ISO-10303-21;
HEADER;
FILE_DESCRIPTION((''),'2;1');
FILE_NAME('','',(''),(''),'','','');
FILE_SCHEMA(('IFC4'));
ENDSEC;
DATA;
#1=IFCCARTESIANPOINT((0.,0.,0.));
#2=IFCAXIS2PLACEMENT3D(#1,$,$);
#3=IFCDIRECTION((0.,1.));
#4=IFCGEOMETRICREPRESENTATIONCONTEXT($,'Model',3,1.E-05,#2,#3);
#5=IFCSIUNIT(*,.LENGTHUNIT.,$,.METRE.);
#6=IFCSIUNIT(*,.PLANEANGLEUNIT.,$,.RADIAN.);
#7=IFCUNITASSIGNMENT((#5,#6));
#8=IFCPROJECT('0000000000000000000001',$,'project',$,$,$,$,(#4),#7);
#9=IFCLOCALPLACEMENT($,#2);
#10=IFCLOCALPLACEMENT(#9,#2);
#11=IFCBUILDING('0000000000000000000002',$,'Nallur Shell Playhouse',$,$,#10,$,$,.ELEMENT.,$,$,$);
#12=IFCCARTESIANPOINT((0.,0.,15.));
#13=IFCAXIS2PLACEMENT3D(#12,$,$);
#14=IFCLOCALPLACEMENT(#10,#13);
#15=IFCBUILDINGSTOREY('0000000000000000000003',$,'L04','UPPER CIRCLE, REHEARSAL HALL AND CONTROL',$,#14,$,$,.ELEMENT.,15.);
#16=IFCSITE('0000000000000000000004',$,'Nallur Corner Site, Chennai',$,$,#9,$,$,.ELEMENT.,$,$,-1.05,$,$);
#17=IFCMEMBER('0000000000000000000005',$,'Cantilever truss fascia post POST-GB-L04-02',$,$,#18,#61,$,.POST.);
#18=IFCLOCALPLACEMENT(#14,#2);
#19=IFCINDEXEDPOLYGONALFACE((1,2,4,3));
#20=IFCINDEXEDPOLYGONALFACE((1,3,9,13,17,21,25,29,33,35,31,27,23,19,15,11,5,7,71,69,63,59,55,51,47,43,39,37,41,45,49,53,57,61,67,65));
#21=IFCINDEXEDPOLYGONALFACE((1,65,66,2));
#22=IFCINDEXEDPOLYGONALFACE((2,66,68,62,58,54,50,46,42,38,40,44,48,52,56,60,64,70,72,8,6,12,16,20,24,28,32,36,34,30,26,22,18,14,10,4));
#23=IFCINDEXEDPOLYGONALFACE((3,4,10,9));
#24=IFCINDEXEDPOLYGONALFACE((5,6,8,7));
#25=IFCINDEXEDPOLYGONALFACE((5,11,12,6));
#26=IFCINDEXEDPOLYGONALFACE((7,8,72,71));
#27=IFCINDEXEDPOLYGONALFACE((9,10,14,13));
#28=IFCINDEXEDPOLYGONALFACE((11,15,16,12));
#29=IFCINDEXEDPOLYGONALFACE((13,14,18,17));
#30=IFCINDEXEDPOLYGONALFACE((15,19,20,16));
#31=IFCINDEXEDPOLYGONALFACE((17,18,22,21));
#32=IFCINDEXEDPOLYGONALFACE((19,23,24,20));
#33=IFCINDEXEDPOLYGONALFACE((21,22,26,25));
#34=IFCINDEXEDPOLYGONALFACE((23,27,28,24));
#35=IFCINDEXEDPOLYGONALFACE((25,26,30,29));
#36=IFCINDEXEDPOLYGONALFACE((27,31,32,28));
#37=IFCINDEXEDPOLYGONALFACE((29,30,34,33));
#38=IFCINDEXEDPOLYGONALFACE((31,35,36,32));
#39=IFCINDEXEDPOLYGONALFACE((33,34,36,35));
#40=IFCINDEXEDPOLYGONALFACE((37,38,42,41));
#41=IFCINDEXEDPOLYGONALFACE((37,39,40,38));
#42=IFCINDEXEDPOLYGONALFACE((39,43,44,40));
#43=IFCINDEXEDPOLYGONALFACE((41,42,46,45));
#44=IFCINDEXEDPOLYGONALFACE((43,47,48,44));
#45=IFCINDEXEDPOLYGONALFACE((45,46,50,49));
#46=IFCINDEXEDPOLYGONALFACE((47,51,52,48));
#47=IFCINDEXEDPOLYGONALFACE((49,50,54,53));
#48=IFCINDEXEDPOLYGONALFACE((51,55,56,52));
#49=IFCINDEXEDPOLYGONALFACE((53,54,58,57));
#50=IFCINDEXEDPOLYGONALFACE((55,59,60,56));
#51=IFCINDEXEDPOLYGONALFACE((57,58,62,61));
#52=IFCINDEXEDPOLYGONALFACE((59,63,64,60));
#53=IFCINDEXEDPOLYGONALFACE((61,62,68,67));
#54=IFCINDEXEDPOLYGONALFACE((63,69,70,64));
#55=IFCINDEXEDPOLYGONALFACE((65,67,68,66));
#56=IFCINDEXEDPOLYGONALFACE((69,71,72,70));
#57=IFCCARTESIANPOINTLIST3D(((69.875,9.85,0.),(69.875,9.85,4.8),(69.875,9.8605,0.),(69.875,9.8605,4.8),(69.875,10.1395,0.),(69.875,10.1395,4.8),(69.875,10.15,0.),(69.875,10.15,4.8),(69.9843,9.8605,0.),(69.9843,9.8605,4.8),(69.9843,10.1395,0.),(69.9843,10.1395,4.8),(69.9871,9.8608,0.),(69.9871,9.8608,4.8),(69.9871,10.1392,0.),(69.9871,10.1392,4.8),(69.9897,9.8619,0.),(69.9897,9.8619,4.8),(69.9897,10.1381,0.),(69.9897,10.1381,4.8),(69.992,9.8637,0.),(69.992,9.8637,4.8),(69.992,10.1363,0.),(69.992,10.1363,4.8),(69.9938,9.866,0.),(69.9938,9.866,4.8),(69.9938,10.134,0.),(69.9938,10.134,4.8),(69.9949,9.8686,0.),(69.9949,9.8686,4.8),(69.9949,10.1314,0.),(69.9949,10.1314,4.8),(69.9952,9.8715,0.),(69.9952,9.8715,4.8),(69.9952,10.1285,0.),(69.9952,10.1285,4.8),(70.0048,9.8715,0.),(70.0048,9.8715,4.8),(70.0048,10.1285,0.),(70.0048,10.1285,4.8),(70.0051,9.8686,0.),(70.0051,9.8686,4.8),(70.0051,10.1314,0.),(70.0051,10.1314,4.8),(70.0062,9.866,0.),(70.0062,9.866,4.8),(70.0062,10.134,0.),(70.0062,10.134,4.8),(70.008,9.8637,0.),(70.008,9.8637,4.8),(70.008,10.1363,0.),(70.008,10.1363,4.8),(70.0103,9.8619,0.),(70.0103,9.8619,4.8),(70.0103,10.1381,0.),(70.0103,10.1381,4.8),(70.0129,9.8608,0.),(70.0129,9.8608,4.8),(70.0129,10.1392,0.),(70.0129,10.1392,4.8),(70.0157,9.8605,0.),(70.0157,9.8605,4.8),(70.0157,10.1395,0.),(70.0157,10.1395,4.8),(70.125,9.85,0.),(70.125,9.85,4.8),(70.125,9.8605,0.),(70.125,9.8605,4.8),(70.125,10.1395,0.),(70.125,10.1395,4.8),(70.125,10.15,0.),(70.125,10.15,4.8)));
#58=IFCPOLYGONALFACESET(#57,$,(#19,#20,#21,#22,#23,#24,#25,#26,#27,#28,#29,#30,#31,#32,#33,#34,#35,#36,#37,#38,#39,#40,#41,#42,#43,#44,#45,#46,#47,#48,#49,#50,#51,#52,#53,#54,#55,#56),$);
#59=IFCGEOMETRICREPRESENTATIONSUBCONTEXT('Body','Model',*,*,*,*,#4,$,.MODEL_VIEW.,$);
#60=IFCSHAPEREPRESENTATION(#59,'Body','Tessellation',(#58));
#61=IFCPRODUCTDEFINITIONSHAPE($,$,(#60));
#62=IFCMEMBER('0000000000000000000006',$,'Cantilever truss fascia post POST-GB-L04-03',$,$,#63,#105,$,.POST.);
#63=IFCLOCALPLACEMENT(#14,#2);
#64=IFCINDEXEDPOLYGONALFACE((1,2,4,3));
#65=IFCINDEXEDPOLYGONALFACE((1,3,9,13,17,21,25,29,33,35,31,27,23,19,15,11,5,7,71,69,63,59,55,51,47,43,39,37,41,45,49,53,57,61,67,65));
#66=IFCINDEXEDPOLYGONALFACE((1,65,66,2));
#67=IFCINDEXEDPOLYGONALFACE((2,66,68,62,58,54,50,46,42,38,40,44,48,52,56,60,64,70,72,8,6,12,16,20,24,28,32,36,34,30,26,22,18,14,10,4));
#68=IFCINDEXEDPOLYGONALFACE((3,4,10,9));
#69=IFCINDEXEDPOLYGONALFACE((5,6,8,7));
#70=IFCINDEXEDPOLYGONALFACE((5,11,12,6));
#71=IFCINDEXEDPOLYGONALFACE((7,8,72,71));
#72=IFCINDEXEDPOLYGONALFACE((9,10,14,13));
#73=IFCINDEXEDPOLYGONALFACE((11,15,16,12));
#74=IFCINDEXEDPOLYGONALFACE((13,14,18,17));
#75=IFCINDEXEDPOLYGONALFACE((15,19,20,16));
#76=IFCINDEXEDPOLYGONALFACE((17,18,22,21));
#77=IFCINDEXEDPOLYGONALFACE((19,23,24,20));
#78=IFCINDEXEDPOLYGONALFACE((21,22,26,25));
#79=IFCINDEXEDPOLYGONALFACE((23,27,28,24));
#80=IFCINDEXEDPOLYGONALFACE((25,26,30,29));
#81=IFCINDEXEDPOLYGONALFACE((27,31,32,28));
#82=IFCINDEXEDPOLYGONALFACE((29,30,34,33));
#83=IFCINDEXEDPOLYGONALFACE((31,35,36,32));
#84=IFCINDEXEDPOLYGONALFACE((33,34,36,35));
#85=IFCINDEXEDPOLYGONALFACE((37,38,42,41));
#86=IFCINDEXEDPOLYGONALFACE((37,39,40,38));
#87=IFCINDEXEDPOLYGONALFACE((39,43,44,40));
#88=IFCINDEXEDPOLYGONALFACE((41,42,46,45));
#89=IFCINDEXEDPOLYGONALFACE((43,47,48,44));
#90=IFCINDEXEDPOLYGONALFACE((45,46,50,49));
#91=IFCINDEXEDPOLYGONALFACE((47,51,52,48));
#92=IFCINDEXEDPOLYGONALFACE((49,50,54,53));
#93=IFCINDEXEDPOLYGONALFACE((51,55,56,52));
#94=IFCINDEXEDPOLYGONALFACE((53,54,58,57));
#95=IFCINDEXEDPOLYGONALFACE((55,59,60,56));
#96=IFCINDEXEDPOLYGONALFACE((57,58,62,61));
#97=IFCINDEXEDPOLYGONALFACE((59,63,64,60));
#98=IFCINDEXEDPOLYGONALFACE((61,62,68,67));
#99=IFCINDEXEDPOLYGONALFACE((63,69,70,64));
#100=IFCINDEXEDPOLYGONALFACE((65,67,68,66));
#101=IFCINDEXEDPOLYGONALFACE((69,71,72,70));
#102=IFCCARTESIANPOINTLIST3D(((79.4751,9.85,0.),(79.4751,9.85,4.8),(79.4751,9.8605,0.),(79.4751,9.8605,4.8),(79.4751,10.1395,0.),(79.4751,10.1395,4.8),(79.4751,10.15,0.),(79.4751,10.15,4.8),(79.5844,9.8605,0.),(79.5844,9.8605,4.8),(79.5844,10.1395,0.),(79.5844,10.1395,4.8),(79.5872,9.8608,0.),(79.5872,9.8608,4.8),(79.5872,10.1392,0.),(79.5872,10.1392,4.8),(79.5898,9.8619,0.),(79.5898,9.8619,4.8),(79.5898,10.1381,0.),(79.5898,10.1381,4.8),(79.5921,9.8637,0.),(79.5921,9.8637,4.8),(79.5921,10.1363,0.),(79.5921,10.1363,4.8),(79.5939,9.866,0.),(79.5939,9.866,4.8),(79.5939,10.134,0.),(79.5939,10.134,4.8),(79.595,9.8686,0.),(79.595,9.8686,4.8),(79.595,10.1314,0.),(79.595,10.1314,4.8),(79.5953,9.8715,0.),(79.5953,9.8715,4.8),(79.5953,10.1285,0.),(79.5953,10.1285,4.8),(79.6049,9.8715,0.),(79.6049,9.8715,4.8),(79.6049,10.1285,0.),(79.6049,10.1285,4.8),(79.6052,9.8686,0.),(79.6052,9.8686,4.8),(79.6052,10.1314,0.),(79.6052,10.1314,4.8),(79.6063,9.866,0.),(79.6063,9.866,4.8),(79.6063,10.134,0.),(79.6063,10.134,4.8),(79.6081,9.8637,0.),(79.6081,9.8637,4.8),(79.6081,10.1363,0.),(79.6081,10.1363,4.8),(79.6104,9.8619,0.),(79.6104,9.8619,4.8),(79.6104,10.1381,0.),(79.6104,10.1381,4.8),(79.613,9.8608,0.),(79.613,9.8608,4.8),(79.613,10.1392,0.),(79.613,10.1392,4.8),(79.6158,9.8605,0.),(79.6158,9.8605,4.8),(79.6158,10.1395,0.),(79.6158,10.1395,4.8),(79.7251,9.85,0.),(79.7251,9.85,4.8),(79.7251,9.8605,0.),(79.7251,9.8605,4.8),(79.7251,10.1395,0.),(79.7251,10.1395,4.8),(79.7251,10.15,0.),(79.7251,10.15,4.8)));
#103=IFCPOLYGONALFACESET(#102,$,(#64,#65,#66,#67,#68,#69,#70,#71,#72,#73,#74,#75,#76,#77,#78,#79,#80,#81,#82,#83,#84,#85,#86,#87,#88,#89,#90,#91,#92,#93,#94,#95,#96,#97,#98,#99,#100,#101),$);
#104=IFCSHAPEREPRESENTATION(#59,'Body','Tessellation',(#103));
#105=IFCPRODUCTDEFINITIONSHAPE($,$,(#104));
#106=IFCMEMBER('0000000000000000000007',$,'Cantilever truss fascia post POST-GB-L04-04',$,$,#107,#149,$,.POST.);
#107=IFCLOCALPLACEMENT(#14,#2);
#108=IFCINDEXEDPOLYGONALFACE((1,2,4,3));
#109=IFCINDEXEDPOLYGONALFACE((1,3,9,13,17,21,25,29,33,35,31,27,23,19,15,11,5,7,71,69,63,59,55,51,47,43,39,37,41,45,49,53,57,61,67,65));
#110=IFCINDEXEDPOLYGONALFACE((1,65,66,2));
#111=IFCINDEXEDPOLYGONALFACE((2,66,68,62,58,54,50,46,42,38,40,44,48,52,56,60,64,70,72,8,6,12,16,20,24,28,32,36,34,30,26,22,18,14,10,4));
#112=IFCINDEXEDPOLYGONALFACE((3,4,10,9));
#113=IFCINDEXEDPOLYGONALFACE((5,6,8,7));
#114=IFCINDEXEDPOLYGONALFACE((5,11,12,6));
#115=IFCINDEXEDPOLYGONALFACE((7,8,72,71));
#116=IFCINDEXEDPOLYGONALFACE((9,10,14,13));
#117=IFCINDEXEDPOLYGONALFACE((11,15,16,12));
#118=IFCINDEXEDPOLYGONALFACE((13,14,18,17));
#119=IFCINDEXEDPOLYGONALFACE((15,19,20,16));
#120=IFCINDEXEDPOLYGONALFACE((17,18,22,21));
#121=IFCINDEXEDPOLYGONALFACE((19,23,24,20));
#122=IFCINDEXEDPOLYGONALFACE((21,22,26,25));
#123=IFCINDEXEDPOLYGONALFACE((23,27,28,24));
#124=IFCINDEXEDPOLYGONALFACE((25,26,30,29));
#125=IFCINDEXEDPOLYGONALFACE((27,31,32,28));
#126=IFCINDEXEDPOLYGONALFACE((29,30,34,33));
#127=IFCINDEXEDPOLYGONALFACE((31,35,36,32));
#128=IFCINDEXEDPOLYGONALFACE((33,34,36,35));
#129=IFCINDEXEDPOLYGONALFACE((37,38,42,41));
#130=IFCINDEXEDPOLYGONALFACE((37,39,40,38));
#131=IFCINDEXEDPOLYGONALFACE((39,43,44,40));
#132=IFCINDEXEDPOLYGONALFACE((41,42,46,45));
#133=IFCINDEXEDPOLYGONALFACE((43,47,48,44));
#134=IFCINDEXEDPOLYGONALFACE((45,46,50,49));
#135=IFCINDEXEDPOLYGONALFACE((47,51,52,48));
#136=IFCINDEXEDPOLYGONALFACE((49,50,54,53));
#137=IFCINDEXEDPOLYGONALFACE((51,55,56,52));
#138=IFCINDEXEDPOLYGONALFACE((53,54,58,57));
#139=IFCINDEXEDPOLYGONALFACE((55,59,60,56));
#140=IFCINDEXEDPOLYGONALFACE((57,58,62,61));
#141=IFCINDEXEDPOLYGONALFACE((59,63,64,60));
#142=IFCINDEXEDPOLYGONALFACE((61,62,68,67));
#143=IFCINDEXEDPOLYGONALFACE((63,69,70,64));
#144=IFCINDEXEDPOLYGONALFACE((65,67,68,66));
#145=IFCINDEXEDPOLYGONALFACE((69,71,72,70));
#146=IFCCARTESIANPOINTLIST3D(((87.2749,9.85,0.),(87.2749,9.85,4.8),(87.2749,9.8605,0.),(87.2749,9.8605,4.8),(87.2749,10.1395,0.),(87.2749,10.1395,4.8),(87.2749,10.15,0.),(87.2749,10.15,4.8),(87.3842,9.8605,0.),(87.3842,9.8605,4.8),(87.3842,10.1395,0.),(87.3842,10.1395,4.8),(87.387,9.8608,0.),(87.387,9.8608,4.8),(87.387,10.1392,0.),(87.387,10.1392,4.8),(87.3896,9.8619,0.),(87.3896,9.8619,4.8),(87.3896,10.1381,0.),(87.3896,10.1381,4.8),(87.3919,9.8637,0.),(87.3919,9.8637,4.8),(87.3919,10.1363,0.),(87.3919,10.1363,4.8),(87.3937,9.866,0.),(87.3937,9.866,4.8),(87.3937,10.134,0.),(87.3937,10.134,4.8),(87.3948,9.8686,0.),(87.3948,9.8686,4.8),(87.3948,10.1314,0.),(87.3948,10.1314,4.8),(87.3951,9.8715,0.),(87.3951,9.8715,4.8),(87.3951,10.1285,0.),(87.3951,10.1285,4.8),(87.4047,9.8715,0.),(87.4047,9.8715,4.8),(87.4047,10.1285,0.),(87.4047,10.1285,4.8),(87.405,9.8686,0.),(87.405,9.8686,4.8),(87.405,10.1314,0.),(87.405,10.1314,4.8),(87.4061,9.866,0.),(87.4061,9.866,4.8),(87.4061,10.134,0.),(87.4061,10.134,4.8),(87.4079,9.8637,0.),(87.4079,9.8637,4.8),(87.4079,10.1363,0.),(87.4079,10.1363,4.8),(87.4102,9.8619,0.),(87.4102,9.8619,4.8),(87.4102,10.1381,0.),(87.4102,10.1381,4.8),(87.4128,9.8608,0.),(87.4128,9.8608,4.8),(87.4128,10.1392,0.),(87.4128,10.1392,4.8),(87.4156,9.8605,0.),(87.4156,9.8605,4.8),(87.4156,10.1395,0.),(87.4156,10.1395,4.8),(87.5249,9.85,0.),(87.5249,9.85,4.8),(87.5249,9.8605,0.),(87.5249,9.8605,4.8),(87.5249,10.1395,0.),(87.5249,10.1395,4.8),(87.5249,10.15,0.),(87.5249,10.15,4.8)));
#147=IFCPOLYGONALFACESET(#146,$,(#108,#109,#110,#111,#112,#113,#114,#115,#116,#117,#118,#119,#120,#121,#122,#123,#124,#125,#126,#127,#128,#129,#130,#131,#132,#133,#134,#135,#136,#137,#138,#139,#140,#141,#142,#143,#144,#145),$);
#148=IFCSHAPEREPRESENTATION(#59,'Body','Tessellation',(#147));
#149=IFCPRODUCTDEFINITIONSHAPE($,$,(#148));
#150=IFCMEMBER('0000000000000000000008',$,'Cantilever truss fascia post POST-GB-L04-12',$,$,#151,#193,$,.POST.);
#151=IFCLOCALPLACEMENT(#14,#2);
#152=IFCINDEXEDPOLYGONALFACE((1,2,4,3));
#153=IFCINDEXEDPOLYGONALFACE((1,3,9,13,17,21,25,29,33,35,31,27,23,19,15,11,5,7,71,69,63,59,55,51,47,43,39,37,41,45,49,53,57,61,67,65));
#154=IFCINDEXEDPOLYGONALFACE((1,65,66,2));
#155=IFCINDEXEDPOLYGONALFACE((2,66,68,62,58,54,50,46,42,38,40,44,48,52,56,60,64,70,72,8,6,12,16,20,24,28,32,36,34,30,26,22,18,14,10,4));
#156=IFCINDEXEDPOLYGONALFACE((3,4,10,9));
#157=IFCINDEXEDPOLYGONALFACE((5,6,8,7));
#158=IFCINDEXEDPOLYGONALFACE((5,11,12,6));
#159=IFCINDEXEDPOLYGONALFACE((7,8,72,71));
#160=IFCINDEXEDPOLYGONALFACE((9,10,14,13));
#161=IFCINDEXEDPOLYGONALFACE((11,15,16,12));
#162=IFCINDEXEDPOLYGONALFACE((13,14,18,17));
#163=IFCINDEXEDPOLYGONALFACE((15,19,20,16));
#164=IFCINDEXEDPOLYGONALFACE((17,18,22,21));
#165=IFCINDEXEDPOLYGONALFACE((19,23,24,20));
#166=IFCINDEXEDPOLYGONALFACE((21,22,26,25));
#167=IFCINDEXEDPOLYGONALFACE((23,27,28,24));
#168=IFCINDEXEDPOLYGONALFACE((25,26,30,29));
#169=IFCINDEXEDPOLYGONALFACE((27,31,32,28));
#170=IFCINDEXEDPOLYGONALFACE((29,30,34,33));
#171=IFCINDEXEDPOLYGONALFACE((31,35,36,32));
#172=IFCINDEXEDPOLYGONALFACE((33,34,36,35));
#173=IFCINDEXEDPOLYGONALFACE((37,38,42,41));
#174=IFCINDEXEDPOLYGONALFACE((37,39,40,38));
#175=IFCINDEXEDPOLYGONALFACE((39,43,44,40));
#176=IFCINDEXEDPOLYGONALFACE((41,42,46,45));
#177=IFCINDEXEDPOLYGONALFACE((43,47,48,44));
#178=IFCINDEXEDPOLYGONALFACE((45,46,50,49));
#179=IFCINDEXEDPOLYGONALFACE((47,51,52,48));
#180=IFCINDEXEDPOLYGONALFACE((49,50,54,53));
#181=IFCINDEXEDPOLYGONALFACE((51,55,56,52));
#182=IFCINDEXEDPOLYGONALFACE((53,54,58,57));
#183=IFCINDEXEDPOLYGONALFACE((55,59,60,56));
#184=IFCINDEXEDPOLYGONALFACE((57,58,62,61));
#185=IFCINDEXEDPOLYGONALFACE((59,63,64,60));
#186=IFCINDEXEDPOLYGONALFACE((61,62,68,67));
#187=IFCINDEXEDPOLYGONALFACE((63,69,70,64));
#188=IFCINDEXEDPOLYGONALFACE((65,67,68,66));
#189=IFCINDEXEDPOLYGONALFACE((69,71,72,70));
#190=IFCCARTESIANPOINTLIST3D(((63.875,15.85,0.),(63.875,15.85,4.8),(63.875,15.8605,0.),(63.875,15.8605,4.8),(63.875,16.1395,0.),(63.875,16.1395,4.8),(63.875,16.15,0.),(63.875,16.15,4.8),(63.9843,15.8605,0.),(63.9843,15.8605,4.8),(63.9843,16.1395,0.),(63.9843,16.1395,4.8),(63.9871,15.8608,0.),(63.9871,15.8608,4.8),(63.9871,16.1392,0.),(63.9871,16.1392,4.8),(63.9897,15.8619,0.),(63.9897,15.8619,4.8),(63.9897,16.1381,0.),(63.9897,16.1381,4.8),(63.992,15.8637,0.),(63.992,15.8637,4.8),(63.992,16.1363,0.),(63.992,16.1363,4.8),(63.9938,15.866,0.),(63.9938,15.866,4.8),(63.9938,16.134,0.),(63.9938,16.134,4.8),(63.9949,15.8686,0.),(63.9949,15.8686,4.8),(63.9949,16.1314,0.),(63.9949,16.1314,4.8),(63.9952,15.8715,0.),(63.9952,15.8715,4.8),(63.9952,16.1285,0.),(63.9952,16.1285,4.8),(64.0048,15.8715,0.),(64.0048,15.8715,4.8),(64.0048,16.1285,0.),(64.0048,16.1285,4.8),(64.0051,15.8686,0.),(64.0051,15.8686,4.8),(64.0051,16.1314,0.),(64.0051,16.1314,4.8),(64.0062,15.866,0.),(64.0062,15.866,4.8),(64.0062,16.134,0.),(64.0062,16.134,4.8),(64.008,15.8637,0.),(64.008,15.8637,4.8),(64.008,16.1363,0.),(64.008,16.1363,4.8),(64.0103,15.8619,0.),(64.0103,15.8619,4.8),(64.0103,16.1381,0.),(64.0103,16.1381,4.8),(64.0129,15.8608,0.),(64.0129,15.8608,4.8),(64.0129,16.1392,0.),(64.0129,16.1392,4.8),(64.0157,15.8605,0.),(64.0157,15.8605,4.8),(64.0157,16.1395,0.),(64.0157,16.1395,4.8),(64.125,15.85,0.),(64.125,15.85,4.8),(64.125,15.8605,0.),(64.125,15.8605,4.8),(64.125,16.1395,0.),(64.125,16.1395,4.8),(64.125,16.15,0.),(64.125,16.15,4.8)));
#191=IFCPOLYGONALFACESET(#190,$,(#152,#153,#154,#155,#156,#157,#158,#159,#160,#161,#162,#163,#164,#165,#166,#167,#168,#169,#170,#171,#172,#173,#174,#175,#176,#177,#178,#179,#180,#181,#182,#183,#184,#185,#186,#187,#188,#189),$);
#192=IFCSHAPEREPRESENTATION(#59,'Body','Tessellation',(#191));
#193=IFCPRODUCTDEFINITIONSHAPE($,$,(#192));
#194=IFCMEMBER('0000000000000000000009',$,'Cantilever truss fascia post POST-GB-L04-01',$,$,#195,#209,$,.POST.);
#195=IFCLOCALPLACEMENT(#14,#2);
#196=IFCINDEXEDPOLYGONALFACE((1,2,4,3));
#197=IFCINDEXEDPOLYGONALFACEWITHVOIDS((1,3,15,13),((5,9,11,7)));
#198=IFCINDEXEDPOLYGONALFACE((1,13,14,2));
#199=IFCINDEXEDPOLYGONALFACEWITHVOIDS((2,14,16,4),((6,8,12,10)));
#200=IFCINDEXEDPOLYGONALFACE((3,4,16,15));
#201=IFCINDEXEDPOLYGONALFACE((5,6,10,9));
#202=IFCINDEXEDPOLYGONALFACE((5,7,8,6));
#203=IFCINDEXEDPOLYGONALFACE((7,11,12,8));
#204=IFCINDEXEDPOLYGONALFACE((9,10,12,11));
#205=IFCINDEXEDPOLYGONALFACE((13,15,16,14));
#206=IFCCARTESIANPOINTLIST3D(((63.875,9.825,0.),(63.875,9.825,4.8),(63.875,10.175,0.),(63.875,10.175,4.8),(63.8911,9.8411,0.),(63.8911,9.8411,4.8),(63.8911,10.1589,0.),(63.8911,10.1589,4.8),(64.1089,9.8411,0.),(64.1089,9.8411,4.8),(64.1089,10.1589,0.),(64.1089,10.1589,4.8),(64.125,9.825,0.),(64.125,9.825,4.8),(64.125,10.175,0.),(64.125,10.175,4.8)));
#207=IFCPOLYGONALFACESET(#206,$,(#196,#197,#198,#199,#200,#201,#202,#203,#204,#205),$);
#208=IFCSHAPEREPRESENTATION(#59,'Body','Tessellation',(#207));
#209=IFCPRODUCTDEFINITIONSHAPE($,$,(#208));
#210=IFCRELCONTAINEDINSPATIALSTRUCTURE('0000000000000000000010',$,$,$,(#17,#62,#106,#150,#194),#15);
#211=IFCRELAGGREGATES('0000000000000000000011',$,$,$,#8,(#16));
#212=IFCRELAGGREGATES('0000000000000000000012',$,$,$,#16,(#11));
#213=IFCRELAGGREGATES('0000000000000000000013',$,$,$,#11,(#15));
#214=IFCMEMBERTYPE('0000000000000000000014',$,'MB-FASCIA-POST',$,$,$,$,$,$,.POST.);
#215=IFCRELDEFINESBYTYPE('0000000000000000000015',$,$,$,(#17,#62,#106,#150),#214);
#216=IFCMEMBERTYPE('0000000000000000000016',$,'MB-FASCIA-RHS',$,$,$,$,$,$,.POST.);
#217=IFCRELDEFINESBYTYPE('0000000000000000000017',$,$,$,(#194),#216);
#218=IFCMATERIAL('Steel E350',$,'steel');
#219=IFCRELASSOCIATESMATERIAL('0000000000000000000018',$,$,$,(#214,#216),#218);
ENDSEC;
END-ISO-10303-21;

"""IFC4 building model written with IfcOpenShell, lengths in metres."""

from ifc_helpers import new_model, si_unit, direction, frame, origin, origin_2d, place, context, subcontext, project, spatial, hollow_rectangle, i_section, extrude, material, material_profile, profile_set, type_object, element, save


model = new_model("IFC4")

# Units and contexts
model_context = context("Model", 3, precision=1e-05, world=origin(), true_north=direction((0.0, 1.0)))
body_context = subcontext(model_context, "Body", "Model", "MODEL_VIEW")
ifc_project = project(units=[si_unit("LENGTHUNIT", "METRE"), si_unit("PLANEANGLEUNIT", "RADIAN")], contexts=[model_context])

# Site, building, storey
site_placement = place(None, origin())
site = spatial("IfcSite", under=ifc_project, at=site_placement, Name="Nallur Corner Site, Chennai", CompositionType="ELEMENT", RefElevation=-1.05)
building_placement = place(site_placement, origin())
building = spatial("IfcBuilding", under=site, at=building_placement, Name="Nallur Shell Playhouse", CompositionType="ELEMENT")
storey_placement = place(building_placement, frame((0.0, 0.0, 15.0)))
storey = spatial("IfcBuildingStorey", under=building, at=storey_placement, Name="L04", Description="UPPER CIRCLE, REHEARSAL HALL AND CONTROL", CompositionType="ELEMENT", Elevation=15.0)

# Shared definitions
ifc_material_1 = material(Name="Steel E350", Category="steel")

# Members
ifc_material_profile_1 = material_profile(ifc_material_1, i_section(OverallWidth=0.25, OverallDepth=0.3, WebThickness=0.0095, FlangeThickness=0.0105, FilletRadius=0.011, at=origin_2d()), Name="ISHB 300")
ifc_profile_set_1 = profile_set([ifc_material_profile_1], Name="Steel E350")
member_type_1 = type_object("IfcMemberType", Name="MB-FASCIA-POST", PredefinedType="POST", material=ifc_profile_set_1)
for number, where, z_axis, x_axis, name in (
    (1, (70.0, 10.0, 0.0), (0.0, 0.0, 1.0), (1.0, 0.0, 0.0), "Cantilever truss fascia post POST-GB-L04-02"),
    (2, (79.6001, 10.0, 0.0), (0.0, 0.0, 1.0), (1.0, 0.0, 0.0), "Cantilever truss fascia post POST-GB-L04-03"),
    (3, (87.3999, 10.0, 0.0), (0.0, 0.0, 1.0), (1.0, 0.0, 0.0), "Cantilever truss fascia post POST-GB-L04-04"),
    (4, (64.0, 16.0, 0.0), (0.0, 0.0, 1.0), (1.0, 0.0, 0.0), "Cantilever truss fascia post POST-GB-L04-12"),
):
    element("IfcMember", number, at=place(storey_placement, frame(where, z_axis=z_axis, x_axis=x_axis)), inside=storey, type_object=member_type_1, Name=name, PredefinedType="POST", context=body_context, shape_type="SweptSolid", body=[
        extrude(i_section(OverallWidth=0.25, OverallDepth=0.3, WebThickness=0.0095, FlangeThickness=0.0105, FilletRadius=0.011, at=origin_2d()), origin(), (0.0, 0.0, 1.0), 4.8),
    ])
ifc_material_profile_2 = material_profile(ifc_material_1, hollow_rectangle(XDim=0.25, YDim=0.3501, WallThickness=0.0161, at=origin_2d()), Name="RHS 350x250x16")
ifc_profile_set_2 = profile_set([ifc_material_profile_2], Name="Steel E350")
member_type_2 = type_object("IfcMemberType", Name="MB-FASCIA-RHS", PredefinedType="POST", material=ifc_profile_set_2)
member_1_placement = place(storey_placement, frame((64.0, 10.0, 0.0), z_axis=(0.0, 0.0, 1.0), x_axis=(1.0, 0.0, 0.0)))
element("IfcMember", 5, at=member_1_placement, inside=storey, type_object=member_type_2, Name="Cantilever truss fascia post POST-GB-L04-01", PredefinedType="POST", context=body_context, shape_type="SweptSolid", body=[
    extrude(hollow_rectangle(XDim=0.25, YDim=0.3501, WallThickness=0.0161, at=origin_2d()), origin(), (0.0, 0.0, 1.0), 4.8),
])

save(model, "model.ifc")
